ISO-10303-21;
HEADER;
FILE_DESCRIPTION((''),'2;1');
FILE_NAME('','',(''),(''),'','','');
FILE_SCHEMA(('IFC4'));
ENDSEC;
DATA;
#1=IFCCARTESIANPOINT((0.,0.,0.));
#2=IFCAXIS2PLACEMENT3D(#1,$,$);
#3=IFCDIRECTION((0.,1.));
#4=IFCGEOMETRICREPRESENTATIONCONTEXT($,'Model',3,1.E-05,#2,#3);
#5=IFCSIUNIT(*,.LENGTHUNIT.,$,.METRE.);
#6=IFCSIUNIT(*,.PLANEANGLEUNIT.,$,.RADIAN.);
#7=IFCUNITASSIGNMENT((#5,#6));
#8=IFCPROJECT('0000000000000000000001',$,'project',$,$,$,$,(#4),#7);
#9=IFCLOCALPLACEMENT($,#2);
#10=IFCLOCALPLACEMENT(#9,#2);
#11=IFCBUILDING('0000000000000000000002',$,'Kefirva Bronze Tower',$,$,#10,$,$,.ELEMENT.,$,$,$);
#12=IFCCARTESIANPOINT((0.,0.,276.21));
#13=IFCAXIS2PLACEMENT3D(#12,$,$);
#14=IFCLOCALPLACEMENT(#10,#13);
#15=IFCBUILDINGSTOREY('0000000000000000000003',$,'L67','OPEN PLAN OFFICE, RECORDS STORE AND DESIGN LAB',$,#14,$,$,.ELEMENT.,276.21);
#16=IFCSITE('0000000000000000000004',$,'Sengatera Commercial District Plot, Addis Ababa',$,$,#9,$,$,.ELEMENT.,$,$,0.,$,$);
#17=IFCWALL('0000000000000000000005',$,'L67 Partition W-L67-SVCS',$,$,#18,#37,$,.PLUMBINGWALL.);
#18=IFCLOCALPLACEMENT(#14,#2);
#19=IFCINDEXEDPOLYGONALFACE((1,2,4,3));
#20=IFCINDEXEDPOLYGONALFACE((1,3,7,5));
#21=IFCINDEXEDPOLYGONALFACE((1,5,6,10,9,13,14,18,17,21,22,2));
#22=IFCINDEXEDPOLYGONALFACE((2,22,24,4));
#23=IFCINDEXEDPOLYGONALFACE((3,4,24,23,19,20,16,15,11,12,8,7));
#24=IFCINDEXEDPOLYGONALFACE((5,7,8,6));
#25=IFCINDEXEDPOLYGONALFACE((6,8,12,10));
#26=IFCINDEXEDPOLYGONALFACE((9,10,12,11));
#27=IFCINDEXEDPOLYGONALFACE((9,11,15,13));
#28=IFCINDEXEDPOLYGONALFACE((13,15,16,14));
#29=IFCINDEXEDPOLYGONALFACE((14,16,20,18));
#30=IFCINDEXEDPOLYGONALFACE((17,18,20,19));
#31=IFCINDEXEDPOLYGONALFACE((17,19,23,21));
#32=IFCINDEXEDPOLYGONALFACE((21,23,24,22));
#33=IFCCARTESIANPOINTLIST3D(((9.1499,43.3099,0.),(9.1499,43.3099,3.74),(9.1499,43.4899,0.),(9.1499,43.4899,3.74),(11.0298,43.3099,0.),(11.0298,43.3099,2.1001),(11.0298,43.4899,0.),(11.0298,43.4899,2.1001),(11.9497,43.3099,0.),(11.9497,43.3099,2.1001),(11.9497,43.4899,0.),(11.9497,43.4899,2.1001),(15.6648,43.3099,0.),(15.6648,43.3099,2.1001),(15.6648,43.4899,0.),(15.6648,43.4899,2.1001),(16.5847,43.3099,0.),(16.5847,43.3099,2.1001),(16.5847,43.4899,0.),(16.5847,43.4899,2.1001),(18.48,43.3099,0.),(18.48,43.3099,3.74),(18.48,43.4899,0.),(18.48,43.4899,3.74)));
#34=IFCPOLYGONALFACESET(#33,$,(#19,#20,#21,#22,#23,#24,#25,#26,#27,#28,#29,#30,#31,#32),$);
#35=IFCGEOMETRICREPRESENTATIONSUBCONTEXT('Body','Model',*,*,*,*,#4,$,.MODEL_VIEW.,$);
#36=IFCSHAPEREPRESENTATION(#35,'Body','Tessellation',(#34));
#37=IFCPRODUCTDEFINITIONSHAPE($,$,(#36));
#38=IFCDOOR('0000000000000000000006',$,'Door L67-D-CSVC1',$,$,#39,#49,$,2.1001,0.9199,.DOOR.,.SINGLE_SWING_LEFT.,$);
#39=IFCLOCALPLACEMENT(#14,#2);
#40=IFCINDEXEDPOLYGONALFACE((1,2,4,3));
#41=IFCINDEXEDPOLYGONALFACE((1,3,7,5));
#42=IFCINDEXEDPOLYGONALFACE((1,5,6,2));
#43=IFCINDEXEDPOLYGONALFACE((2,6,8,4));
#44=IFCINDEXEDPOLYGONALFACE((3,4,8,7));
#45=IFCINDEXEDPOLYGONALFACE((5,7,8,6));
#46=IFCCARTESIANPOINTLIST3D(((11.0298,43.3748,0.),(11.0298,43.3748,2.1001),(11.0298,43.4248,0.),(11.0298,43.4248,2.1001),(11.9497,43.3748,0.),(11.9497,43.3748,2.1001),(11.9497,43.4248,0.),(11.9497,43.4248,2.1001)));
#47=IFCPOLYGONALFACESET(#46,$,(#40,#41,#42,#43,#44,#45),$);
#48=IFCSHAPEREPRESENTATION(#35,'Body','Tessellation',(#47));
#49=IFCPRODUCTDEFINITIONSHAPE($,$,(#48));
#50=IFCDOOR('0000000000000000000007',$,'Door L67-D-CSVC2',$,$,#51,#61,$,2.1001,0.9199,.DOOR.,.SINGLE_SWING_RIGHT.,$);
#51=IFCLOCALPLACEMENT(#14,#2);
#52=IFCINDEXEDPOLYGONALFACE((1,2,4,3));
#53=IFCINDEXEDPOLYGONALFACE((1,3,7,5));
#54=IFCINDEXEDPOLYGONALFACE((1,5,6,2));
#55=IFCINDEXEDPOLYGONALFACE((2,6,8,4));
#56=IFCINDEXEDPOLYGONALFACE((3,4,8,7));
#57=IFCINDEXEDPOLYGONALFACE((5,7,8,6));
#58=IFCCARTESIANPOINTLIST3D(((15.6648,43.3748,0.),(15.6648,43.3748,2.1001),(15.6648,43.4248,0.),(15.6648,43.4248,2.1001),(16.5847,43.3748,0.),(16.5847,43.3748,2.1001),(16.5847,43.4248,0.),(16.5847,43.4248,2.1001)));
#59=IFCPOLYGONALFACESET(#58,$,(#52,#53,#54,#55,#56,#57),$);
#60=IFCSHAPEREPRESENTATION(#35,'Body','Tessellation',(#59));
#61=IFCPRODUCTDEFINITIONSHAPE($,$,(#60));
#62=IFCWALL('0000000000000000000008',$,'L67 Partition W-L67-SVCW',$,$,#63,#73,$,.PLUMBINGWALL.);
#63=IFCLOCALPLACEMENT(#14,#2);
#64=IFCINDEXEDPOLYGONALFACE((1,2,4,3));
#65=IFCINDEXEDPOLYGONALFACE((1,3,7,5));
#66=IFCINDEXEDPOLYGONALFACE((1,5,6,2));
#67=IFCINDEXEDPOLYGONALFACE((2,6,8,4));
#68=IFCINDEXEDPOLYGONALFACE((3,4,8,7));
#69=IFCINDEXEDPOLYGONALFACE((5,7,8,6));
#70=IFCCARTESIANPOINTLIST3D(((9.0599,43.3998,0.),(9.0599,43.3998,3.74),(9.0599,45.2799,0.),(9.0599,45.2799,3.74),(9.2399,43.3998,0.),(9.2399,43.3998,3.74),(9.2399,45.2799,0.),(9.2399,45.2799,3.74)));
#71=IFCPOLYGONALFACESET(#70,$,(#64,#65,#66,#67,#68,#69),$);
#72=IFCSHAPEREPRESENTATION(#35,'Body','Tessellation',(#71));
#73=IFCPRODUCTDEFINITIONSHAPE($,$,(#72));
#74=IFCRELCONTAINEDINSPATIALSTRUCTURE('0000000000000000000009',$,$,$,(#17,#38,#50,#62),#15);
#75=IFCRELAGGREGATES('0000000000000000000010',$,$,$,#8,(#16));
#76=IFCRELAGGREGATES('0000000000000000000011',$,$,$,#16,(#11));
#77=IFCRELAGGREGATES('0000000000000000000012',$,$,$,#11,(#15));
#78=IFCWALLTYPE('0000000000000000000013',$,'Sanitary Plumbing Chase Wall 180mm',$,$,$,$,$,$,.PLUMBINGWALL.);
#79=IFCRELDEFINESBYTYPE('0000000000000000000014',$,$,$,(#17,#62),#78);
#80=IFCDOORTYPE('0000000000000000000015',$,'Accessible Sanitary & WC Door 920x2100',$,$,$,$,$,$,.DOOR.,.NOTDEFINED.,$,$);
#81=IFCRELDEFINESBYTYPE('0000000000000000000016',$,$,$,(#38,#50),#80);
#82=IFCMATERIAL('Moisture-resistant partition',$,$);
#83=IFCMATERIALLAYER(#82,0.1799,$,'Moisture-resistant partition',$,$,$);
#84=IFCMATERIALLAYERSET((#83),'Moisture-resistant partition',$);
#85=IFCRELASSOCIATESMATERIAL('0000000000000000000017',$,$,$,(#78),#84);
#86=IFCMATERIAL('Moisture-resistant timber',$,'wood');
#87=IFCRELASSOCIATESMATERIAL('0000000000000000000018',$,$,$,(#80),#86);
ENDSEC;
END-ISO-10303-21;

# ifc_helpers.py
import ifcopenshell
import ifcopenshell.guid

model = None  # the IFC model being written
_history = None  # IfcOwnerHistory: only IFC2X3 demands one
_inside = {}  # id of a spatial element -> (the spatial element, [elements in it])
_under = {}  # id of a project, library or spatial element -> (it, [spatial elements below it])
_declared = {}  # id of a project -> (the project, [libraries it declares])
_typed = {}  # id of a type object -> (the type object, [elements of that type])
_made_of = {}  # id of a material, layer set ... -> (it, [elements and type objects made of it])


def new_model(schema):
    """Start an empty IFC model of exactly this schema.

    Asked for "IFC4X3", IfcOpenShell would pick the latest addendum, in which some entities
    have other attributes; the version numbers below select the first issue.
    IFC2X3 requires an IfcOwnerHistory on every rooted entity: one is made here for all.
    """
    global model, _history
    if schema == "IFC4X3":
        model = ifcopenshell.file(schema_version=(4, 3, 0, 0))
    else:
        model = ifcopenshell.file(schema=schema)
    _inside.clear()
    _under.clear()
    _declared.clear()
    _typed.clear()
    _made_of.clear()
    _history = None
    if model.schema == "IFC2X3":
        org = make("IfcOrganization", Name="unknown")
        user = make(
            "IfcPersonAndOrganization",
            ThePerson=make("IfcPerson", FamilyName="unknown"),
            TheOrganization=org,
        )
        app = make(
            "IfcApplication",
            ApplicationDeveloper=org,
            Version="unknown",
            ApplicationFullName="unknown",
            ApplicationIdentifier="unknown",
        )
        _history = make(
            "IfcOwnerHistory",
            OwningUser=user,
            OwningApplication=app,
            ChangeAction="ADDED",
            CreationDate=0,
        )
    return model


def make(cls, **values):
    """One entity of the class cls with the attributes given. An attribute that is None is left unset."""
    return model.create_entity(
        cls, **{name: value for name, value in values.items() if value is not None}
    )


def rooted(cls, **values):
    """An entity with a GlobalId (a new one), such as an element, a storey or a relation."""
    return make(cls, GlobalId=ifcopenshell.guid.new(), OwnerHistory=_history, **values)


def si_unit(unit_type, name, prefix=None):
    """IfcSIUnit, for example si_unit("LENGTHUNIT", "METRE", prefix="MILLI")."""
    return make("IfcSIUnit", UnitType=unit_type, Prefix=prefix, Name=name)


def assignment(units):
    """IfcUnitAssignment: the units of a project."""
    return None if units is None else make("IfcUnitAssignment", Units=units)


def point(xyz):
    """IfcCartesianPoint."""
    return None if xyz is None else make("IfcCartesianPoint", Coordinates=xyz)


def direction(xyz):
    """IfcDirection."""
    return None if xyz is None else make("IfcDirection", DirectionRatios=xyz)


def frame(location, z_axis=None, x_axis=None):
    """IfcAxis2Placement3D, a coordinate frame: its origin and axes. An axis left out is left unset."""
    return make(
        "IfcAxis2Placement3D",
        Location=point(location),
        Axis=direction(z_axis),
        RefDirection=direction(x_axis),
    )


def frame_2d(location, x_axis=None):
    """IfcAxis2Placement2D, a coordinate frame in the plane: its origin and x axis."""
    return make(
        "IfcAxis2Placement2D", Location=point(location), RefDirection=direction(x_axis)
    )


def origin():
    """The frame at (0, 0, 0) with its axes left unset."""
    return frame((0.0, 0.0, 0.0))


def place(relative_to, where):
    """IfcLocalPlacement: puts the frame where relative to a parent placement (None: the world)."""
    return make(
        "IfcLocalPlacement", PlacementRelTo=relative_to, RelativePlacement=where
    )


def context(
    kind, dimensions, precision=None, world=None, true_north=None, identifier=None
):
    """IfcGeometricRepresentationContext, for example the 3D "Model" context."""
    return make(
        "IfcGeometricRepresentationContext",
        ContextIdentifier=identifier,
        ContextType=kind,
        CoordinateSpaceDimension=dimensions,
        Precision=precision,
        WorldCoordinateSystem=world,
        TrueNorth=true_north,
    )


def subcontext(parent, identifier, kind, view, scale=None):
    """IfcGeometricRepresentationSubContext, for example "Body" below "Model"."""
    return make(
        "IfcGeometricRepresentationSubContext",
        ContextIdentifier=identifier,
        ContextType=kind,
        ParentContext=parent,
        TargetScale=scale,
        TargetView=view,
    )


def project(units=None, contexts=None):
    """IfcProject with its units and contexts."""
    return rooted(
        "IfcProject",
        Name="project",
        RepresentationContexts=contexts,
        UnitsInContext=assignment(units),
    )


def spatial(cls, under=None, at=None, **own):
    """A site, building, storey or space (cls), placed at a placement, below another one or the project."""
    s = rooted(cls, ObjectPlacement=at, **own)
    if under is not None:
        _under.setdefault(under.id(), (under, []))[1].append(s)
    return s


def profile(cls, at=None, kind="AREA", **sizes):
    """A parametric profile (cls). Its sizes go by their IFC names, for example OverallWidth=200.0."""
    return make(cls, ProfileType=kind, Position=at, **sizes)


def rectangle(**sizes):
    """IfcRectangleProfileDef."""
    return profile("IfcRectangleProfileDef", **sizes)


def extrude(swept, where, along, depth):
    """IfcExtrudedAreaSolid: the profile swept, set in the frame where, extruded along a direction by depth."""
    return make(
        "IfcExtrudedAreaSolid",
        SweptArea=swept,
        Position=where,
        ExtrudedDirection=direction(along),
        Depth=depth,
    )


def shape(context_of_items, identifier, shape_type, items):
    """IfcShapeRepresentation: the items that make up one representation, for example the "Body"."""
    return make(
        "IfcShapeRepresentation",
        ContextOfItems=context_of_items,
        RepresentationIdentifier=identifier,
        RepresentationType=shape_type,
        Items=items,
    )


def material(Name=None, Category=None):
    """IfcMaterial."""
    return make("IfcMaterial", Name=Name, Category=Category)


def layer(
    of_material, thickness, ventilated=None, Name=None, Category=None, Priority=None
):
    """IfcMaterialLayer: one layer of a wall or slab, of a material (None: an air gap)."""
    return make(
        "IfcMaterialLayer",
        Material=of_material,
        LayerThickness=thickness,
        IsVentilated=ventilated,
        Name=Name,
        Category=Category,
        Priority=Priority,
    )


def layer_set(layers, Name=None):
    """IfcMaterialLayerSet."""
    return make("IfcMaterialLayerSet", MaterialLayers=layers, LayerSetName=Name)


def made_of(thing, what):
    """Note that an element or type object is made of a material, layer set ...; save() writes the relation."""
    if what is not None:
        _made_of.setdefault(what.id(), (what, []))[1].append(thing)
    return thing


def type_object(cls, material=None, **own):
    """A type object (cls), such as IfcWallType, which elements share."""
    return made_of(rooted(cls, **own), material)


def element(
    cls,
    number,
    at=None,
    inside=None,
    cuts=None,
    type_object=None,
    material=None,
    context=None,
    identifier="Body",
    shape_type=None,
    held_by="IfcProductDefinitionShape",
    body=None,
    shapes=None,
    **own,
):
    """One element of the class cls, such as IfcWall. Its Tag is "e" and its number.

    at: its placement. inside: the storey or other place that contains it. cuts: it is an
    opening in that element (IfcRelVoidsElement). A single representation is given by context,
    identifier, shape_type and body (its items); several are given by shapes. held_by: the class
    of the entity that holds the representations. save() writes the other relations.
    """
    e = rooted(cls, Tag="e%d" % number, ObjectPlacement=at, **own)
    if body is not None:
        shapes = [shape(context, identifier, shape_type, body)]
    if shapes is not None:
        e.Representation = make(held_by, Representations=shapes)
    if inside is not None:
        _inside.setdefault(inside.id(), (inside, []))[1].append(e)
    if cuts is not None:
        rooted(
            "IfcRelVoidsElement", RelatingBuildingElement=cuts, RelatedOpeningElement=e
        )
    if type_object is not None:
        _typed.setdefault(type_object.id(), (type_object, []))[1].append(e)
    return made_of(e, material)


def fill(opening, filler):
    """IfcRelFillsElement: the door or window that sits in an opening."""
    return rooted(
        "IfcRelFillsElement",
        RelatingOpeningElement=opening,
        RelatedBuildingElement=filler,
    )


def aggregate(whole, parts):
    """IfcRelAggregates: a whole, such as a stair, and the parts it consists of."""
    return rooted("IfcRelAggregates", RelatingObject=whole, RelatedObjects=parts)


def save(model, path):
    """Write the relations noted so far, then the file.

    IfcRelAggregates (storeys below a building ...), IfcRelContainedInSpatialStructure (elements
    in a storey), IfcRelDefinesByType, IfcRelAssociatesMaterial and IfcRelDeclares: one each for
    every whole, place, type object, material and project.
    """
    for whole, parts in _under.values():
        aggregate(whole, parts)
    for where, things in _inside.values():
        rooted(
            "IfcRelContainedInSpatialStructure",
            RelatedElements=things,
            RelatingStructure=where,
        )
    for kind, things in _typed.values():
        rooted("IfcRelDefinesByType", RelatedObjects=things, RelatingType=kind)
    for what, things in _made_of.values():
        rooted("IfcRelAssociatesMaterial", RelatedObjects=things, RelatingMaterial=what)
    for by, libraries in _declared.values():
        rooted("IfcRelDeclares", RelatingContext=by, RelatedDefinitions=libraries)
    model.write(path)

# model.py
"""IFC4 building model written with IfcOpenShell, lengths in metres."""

from ifc_helpers import new_model, si_unit, direction, frame, frame_2d, origin, place, context, subcontext, project, spatial, rectangle, extrude, material, layer, layer_set, type_object, element, fill, save


model = new_model("IFC4")

# Units and contexts
model_context = context("Model", 3, precision=1e-05, world=origin(), true_north=direction((0.0, 1.0)))
body_context = subcontext(model_context, "Body", "Model", "MODEL_VIEW")
ifc_project = project(units=[si_unit("LENGTHUNIT", "METRE"), si_unit("PLANEANGLEUNIT", "RADIAN")], contexts=[model_context])

# Site, building, storey
site_placement = place(None, origin())
site = spatial("IfcSite", under=ifc_project, at=site_placement, Name="Sengatera Commercial District Plot, Addis Ababa", CompositionType="ELEMENT", RefElevation=0.0)
building_placement = place(site_placement, origin())
building = spatial("IfcBuilding", under=site, at=building_placement, Name="Kefirva Bronze Tower", CompositionType="ELEMENT")
storey_placement = place(building_placement, frame((0.0, 0.0, 276.21)))
storey = spatial("IfcBuildingStorey", under=building, at=storey_placement, Name="L67", Description="OPEN PLAN OFFICE, RECORDS STORE AND DESIGN LAB", CompositionType="ELEMENT", Elevation=276.21)

# Wall, openings, doors
ifc_material_1 = material(Name="Moisture-resistant partition")
ifc_layer_1 = layer(ifc_material_1, 0.1799, Name="Moisture-resistant partition")
ifc_layer_set_1 = layer_set([ifc_layer_1], Name="Moisture-resistant partition")
wall_type_1 = type_object("IfcWallType", Name="Sanitary Plumbing Chase Wall 180mm", PredefinedType="PLUMBINGWALL", material=ifc_layer_set_1)
wall_1_placement = place(storey_placement, frame((9.1499, 43.3999, 0.0), z_axis=(0.0, 0.0, 1.0), x_axis=(1.0, 0.0, 0.0)))
wall_1 = element("IfcWall", 1, at=wall_1_placement, inside=storey, type_object=wall_type_1, Name="L67 Partition W-L67-SVCS", PredefinedType="PLUMBINGWALL", context=body_context, shape_type="SweptSolid", body=[
    extrude(rectangle(XDim=9.3301, YDim=0.1799, at=frame_2d((4.665, 0.0))), origin(), (0.0, 0.0, 1.0), 3.74),
])
opening_1_placement = place(wall_1_placement, frame((1.8799, 0.0, 0.0)))
opening_1 = element("IfcOpeningElement", 2, at=opening_1_placement, cuts=wall_1, PredefinedType="OPENING", context=body_context, shape_type="SweptSolid", body=[
    extrude(rectangle(XDim=0.9199, YDim=2.1001, at=frame_2d((0.46, 1.05))), frame((0.0, 0.1001, 0.0), z_axis=(0.0, -1.0, 0.0), x_axis=(1.0, 0.0, 0.0)), (0.0, 0.0, 1.0), 0.2),
])
opening_2_placement = place(wall_1_placement, frame((6.5149, 0.0, 0.0)))
opening_2 = element("IfcOpeningElement", 3, at=opening_2_placement, cuts=wall_1, PredefinedType="OPENING", context=body_context, shape_type="SweptSolid", body=[
    extrude(rectangle(XDim=0.9199, YDim=2.1001, at=frame_2d((0.46, 1.05))), frame((0.0, 0.1001, 0.0), z_axis=(0.0, -1.0, 0.0), x_axis=(1.0, 0.0, 0.0)), (0.0, 0.0, 1.0), 0.2),
])
ifc_material_2 = material(Name="Moisture-resistant timber", Category="wood")
door_type_1 = type_object("IfcDoorType", Name="Accessible Sanitary & WC Door 920x2100", OperationType="NOTDEFINED", PredefinedType="DOOR", material=ifc_material_2)
door_1_placement = place(opening_1_placement, origin())
door_1 = element("IfcDoor", 4, at=door_1_placement, inside=storey, type_object=door_type_1, Name="Door L67-D-CSVC1", OperationType="SINGLE_SWING_LEFT", OverallHeight=2.1001, OverallWidth=0.9199, PredefinedType="DOOR", context=body_context, shape_type="SweptSolid", body=[
    extrude(rectangle(XDim=0.9199, YDim=2.1001, at=frame_2d((0.46, 1.05))), frame((0.0, 0.0249, 0.0), z_axis=(0.0, -1.0, 0.0), x_axis=(1.0, 0.0, 0.0)), (0.0, 0.0, 1.0), 0.05),
])
fill(opening_1, door_1)
door_2_placement = place(opening_2_placement, origin())
door_2 = element("IfcDoor", 5, at=door_2_placement, inside=storey, type_object=door_type_1, Name="Door L67-D-CSVC2", OperationType="SINGLE_SWING_RIGHT", OverallHeight=2.1001, OverallWidth=0.9199, PredefinedType="DOOR", context=body_context, shape_type="SweptSolid", body=[
    extrude(rectangle(XDim=0.9199, YDim=2.1001, at=frame_2d((0.46, 1.05))), frame((0.0, 0.0249, 0.0), z_axis=(0.0, -1.0, 0.0), x_axis=(1.0, 0.0, 0.0)), (0.0, 0.0, 1.0), 0.05),
])
fill(opening_2, door_2)

# Wall
wall_2_placement = place(storey_placement, frame((9.1499, 43.3999, 0.0), z_axis=(0.0, 0.0, 1.0), x_axis=(0.0, 1.0, 0.0)))
element("IfcWall", 6, at=wall_2_placement, inside=storey, type_object=wall_type_1, Name="L67 Partition W-L67-SVCW", PredefinedType="PLUMBINGWALL", context=body_context, shape_type="SweptSolid", body=[
    extrude(rectangle(XDim=1.8801, YDim=0.1799, at=frame_2d((0.9399, 0.0))), origin(), (0.0, 0.0, 1.0), 3.74),
])

save(model, "model.ifc")
